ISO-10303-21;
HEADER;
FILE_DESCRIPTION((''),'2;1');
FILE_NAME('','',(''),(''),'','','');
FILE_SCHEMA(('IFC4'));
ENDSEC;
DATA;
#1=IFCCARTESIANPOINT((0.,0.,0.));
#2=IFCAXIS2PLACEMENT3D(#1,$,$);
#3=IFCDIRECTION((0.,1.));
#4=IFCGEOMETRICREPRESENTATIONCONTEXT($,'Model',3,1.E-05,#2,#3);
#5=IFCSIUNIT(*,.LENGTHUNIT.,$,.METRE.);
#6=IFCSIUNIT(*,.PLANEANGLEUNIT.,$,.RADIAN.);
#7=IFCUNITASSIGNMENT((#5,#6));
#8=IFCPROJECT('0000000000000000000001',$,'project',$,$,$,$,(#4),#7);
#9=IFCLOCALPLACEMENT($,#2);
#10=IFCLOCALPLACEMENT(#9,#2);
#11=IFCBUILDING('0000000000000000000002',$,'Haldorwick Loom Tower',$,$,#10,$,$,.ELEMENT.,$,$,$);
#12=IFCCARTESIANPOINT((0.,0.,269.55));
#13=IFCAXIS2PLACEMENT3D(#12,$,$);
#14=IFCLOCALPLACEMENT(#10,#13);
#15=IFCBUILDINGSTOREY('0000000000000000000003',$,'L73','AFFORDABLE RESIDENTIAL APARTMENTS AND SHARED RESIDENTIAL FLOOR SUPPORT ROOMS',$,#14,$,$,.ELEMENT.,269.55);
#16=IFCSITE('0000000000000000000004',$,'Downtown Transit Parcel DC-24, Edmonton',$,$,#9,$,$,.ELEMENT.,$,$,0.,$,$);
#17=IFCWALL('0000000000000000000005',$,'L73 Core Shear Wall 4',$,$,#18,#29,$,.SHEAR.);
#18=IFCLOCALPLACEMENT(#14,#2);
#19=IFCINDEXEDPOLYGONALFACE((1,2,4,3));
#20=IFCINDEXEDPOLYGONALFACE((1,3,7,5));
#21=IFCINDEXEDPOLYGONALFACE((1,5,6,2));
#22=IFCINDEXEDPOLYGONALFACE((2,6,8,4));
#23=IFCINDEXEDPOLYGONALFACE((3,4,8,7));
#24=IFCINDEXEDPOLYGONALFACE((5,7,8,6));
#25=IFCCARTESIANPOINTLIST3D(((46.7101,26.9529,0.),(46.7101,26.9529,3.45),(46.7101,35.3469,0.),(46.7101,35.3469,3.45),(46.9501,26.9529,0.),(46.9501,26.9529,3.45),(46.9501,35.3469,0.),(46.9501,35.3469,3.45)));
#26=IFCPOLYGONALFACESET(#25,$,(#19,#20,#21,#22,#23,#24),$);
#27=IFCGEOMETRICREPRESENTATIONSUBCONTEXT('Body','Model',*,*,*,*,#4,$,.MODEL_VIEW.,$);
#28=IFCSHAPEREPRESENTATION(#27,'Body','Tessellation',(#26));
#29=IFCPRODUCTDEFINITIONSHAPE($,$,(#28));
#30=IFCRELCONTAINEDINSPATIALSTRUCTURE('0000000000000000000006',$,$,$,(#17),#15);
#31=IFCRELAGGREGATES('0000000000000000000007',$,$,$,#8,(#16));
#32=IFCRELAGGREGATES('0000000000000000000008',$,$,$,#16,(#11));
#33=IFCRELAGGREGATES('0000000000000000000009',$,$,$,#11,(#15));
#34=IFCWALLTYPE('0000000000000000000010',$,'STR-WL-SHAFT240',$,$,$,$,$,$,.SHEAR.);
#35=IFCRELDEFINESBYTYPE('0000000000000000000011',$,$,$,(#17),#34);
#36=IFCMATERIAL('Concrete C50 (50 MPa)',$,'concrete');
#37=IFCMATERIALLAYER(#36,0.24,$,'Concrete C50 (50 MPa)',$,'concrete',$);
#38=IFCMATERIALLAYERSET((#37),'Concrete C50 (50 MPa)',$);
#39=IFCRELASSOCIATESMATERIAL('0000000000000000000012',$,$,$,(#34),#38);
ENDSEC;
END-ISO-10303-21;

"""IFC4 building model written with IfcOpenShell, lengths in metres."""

from ifc_helpers import new_model, si_unit, direction, frame, frame_2d, origin, place, context, subcontext, project, spatial, rectangle, extrude, material, layer, layer_set, type_object, element, save


model = new_model("IFC4")

# Units and contexts
model_context = context("Model", 3, precision=1e-05, world=origin(), true_north=direction((0.0, 1.0)))
body_context = subcontext(model_context, "Body", "Model", "MODEL_VIEW")
ifc_project = project(units=[si_unit("LENGTHUNIT", "METRE"), si_unit("PLANEANGLEUNIT", "RADIAN")], contexts=[model_context])

# Site, building, storey
site_placement = place(None, origin())
site = spatial("IfcSite", under=ifc_project, at=site_placement, Name="Downtown Transit Parcel DC-24, Edmonton", CompositionType="ELEMENT", RefElevation=0.0)
building_placement = place(site_placement, origin())
building = spatial("IfcBuilding", under=site, at=building_placement, Name="Haldorwick Loom Tower", CompositionType="ELEMENT")
storey_placement = place(building_placement, frame((0.0, 0.0, 269.55)))
storey = spatial("IfcBuildingStorey", under=building, at=storey_placement, Name="L73", Description="AFFORDABLE RESIDENTIAL APARTMENTS AND SHARED RESIDENTIAL FLOOR SUPPORT ROOMS", CompositionType="ELEMENT", Elevation=269.55)

# Shared definitions
ifc_material_1 = material(Name="Concrete C50 (50 MPa)", Category="concrete")

# Wall
ifc_layer_1 = layer(ifc_material_1, 0.24, Name="Concrete C50 (50 MPa)", Category="concrete")
ifc_layer_set_1 = layer_set([ifc_layer_1], Name="Concrete C50 (50 MPa)")
wall_type_1 = type_object("IfcWallType", Name="STR-WL-SHAFT240", PredefinedType="SHEAR", material=ifc_layer_set_1)
for number, where, z_axis, x_axis, name in (
    (1, (46.8301, 26.9529, 0.0), (0.0, 0.0, 1.0), (0.0, 1.0, 0.0), "L73 Core Shear Wall 4"),
):
    element("IfcWall", number, at=place(storey_placement, frame(where, z_axis=z_axis, x_axis=x_axis)), inside=storey, type_object=wall_type_1, Name=name, PredefinedType="SHEAR", context=body_context, shape_type="SweptSolid", body=[
        extrude(rectangle(XDim=8.394, YDim=0.24, at=frame_2d((4.197, 0.0))), origin(), (0.0, 0.0, 1.0), 3.45),
    ])

save(model, "model.ifc")
